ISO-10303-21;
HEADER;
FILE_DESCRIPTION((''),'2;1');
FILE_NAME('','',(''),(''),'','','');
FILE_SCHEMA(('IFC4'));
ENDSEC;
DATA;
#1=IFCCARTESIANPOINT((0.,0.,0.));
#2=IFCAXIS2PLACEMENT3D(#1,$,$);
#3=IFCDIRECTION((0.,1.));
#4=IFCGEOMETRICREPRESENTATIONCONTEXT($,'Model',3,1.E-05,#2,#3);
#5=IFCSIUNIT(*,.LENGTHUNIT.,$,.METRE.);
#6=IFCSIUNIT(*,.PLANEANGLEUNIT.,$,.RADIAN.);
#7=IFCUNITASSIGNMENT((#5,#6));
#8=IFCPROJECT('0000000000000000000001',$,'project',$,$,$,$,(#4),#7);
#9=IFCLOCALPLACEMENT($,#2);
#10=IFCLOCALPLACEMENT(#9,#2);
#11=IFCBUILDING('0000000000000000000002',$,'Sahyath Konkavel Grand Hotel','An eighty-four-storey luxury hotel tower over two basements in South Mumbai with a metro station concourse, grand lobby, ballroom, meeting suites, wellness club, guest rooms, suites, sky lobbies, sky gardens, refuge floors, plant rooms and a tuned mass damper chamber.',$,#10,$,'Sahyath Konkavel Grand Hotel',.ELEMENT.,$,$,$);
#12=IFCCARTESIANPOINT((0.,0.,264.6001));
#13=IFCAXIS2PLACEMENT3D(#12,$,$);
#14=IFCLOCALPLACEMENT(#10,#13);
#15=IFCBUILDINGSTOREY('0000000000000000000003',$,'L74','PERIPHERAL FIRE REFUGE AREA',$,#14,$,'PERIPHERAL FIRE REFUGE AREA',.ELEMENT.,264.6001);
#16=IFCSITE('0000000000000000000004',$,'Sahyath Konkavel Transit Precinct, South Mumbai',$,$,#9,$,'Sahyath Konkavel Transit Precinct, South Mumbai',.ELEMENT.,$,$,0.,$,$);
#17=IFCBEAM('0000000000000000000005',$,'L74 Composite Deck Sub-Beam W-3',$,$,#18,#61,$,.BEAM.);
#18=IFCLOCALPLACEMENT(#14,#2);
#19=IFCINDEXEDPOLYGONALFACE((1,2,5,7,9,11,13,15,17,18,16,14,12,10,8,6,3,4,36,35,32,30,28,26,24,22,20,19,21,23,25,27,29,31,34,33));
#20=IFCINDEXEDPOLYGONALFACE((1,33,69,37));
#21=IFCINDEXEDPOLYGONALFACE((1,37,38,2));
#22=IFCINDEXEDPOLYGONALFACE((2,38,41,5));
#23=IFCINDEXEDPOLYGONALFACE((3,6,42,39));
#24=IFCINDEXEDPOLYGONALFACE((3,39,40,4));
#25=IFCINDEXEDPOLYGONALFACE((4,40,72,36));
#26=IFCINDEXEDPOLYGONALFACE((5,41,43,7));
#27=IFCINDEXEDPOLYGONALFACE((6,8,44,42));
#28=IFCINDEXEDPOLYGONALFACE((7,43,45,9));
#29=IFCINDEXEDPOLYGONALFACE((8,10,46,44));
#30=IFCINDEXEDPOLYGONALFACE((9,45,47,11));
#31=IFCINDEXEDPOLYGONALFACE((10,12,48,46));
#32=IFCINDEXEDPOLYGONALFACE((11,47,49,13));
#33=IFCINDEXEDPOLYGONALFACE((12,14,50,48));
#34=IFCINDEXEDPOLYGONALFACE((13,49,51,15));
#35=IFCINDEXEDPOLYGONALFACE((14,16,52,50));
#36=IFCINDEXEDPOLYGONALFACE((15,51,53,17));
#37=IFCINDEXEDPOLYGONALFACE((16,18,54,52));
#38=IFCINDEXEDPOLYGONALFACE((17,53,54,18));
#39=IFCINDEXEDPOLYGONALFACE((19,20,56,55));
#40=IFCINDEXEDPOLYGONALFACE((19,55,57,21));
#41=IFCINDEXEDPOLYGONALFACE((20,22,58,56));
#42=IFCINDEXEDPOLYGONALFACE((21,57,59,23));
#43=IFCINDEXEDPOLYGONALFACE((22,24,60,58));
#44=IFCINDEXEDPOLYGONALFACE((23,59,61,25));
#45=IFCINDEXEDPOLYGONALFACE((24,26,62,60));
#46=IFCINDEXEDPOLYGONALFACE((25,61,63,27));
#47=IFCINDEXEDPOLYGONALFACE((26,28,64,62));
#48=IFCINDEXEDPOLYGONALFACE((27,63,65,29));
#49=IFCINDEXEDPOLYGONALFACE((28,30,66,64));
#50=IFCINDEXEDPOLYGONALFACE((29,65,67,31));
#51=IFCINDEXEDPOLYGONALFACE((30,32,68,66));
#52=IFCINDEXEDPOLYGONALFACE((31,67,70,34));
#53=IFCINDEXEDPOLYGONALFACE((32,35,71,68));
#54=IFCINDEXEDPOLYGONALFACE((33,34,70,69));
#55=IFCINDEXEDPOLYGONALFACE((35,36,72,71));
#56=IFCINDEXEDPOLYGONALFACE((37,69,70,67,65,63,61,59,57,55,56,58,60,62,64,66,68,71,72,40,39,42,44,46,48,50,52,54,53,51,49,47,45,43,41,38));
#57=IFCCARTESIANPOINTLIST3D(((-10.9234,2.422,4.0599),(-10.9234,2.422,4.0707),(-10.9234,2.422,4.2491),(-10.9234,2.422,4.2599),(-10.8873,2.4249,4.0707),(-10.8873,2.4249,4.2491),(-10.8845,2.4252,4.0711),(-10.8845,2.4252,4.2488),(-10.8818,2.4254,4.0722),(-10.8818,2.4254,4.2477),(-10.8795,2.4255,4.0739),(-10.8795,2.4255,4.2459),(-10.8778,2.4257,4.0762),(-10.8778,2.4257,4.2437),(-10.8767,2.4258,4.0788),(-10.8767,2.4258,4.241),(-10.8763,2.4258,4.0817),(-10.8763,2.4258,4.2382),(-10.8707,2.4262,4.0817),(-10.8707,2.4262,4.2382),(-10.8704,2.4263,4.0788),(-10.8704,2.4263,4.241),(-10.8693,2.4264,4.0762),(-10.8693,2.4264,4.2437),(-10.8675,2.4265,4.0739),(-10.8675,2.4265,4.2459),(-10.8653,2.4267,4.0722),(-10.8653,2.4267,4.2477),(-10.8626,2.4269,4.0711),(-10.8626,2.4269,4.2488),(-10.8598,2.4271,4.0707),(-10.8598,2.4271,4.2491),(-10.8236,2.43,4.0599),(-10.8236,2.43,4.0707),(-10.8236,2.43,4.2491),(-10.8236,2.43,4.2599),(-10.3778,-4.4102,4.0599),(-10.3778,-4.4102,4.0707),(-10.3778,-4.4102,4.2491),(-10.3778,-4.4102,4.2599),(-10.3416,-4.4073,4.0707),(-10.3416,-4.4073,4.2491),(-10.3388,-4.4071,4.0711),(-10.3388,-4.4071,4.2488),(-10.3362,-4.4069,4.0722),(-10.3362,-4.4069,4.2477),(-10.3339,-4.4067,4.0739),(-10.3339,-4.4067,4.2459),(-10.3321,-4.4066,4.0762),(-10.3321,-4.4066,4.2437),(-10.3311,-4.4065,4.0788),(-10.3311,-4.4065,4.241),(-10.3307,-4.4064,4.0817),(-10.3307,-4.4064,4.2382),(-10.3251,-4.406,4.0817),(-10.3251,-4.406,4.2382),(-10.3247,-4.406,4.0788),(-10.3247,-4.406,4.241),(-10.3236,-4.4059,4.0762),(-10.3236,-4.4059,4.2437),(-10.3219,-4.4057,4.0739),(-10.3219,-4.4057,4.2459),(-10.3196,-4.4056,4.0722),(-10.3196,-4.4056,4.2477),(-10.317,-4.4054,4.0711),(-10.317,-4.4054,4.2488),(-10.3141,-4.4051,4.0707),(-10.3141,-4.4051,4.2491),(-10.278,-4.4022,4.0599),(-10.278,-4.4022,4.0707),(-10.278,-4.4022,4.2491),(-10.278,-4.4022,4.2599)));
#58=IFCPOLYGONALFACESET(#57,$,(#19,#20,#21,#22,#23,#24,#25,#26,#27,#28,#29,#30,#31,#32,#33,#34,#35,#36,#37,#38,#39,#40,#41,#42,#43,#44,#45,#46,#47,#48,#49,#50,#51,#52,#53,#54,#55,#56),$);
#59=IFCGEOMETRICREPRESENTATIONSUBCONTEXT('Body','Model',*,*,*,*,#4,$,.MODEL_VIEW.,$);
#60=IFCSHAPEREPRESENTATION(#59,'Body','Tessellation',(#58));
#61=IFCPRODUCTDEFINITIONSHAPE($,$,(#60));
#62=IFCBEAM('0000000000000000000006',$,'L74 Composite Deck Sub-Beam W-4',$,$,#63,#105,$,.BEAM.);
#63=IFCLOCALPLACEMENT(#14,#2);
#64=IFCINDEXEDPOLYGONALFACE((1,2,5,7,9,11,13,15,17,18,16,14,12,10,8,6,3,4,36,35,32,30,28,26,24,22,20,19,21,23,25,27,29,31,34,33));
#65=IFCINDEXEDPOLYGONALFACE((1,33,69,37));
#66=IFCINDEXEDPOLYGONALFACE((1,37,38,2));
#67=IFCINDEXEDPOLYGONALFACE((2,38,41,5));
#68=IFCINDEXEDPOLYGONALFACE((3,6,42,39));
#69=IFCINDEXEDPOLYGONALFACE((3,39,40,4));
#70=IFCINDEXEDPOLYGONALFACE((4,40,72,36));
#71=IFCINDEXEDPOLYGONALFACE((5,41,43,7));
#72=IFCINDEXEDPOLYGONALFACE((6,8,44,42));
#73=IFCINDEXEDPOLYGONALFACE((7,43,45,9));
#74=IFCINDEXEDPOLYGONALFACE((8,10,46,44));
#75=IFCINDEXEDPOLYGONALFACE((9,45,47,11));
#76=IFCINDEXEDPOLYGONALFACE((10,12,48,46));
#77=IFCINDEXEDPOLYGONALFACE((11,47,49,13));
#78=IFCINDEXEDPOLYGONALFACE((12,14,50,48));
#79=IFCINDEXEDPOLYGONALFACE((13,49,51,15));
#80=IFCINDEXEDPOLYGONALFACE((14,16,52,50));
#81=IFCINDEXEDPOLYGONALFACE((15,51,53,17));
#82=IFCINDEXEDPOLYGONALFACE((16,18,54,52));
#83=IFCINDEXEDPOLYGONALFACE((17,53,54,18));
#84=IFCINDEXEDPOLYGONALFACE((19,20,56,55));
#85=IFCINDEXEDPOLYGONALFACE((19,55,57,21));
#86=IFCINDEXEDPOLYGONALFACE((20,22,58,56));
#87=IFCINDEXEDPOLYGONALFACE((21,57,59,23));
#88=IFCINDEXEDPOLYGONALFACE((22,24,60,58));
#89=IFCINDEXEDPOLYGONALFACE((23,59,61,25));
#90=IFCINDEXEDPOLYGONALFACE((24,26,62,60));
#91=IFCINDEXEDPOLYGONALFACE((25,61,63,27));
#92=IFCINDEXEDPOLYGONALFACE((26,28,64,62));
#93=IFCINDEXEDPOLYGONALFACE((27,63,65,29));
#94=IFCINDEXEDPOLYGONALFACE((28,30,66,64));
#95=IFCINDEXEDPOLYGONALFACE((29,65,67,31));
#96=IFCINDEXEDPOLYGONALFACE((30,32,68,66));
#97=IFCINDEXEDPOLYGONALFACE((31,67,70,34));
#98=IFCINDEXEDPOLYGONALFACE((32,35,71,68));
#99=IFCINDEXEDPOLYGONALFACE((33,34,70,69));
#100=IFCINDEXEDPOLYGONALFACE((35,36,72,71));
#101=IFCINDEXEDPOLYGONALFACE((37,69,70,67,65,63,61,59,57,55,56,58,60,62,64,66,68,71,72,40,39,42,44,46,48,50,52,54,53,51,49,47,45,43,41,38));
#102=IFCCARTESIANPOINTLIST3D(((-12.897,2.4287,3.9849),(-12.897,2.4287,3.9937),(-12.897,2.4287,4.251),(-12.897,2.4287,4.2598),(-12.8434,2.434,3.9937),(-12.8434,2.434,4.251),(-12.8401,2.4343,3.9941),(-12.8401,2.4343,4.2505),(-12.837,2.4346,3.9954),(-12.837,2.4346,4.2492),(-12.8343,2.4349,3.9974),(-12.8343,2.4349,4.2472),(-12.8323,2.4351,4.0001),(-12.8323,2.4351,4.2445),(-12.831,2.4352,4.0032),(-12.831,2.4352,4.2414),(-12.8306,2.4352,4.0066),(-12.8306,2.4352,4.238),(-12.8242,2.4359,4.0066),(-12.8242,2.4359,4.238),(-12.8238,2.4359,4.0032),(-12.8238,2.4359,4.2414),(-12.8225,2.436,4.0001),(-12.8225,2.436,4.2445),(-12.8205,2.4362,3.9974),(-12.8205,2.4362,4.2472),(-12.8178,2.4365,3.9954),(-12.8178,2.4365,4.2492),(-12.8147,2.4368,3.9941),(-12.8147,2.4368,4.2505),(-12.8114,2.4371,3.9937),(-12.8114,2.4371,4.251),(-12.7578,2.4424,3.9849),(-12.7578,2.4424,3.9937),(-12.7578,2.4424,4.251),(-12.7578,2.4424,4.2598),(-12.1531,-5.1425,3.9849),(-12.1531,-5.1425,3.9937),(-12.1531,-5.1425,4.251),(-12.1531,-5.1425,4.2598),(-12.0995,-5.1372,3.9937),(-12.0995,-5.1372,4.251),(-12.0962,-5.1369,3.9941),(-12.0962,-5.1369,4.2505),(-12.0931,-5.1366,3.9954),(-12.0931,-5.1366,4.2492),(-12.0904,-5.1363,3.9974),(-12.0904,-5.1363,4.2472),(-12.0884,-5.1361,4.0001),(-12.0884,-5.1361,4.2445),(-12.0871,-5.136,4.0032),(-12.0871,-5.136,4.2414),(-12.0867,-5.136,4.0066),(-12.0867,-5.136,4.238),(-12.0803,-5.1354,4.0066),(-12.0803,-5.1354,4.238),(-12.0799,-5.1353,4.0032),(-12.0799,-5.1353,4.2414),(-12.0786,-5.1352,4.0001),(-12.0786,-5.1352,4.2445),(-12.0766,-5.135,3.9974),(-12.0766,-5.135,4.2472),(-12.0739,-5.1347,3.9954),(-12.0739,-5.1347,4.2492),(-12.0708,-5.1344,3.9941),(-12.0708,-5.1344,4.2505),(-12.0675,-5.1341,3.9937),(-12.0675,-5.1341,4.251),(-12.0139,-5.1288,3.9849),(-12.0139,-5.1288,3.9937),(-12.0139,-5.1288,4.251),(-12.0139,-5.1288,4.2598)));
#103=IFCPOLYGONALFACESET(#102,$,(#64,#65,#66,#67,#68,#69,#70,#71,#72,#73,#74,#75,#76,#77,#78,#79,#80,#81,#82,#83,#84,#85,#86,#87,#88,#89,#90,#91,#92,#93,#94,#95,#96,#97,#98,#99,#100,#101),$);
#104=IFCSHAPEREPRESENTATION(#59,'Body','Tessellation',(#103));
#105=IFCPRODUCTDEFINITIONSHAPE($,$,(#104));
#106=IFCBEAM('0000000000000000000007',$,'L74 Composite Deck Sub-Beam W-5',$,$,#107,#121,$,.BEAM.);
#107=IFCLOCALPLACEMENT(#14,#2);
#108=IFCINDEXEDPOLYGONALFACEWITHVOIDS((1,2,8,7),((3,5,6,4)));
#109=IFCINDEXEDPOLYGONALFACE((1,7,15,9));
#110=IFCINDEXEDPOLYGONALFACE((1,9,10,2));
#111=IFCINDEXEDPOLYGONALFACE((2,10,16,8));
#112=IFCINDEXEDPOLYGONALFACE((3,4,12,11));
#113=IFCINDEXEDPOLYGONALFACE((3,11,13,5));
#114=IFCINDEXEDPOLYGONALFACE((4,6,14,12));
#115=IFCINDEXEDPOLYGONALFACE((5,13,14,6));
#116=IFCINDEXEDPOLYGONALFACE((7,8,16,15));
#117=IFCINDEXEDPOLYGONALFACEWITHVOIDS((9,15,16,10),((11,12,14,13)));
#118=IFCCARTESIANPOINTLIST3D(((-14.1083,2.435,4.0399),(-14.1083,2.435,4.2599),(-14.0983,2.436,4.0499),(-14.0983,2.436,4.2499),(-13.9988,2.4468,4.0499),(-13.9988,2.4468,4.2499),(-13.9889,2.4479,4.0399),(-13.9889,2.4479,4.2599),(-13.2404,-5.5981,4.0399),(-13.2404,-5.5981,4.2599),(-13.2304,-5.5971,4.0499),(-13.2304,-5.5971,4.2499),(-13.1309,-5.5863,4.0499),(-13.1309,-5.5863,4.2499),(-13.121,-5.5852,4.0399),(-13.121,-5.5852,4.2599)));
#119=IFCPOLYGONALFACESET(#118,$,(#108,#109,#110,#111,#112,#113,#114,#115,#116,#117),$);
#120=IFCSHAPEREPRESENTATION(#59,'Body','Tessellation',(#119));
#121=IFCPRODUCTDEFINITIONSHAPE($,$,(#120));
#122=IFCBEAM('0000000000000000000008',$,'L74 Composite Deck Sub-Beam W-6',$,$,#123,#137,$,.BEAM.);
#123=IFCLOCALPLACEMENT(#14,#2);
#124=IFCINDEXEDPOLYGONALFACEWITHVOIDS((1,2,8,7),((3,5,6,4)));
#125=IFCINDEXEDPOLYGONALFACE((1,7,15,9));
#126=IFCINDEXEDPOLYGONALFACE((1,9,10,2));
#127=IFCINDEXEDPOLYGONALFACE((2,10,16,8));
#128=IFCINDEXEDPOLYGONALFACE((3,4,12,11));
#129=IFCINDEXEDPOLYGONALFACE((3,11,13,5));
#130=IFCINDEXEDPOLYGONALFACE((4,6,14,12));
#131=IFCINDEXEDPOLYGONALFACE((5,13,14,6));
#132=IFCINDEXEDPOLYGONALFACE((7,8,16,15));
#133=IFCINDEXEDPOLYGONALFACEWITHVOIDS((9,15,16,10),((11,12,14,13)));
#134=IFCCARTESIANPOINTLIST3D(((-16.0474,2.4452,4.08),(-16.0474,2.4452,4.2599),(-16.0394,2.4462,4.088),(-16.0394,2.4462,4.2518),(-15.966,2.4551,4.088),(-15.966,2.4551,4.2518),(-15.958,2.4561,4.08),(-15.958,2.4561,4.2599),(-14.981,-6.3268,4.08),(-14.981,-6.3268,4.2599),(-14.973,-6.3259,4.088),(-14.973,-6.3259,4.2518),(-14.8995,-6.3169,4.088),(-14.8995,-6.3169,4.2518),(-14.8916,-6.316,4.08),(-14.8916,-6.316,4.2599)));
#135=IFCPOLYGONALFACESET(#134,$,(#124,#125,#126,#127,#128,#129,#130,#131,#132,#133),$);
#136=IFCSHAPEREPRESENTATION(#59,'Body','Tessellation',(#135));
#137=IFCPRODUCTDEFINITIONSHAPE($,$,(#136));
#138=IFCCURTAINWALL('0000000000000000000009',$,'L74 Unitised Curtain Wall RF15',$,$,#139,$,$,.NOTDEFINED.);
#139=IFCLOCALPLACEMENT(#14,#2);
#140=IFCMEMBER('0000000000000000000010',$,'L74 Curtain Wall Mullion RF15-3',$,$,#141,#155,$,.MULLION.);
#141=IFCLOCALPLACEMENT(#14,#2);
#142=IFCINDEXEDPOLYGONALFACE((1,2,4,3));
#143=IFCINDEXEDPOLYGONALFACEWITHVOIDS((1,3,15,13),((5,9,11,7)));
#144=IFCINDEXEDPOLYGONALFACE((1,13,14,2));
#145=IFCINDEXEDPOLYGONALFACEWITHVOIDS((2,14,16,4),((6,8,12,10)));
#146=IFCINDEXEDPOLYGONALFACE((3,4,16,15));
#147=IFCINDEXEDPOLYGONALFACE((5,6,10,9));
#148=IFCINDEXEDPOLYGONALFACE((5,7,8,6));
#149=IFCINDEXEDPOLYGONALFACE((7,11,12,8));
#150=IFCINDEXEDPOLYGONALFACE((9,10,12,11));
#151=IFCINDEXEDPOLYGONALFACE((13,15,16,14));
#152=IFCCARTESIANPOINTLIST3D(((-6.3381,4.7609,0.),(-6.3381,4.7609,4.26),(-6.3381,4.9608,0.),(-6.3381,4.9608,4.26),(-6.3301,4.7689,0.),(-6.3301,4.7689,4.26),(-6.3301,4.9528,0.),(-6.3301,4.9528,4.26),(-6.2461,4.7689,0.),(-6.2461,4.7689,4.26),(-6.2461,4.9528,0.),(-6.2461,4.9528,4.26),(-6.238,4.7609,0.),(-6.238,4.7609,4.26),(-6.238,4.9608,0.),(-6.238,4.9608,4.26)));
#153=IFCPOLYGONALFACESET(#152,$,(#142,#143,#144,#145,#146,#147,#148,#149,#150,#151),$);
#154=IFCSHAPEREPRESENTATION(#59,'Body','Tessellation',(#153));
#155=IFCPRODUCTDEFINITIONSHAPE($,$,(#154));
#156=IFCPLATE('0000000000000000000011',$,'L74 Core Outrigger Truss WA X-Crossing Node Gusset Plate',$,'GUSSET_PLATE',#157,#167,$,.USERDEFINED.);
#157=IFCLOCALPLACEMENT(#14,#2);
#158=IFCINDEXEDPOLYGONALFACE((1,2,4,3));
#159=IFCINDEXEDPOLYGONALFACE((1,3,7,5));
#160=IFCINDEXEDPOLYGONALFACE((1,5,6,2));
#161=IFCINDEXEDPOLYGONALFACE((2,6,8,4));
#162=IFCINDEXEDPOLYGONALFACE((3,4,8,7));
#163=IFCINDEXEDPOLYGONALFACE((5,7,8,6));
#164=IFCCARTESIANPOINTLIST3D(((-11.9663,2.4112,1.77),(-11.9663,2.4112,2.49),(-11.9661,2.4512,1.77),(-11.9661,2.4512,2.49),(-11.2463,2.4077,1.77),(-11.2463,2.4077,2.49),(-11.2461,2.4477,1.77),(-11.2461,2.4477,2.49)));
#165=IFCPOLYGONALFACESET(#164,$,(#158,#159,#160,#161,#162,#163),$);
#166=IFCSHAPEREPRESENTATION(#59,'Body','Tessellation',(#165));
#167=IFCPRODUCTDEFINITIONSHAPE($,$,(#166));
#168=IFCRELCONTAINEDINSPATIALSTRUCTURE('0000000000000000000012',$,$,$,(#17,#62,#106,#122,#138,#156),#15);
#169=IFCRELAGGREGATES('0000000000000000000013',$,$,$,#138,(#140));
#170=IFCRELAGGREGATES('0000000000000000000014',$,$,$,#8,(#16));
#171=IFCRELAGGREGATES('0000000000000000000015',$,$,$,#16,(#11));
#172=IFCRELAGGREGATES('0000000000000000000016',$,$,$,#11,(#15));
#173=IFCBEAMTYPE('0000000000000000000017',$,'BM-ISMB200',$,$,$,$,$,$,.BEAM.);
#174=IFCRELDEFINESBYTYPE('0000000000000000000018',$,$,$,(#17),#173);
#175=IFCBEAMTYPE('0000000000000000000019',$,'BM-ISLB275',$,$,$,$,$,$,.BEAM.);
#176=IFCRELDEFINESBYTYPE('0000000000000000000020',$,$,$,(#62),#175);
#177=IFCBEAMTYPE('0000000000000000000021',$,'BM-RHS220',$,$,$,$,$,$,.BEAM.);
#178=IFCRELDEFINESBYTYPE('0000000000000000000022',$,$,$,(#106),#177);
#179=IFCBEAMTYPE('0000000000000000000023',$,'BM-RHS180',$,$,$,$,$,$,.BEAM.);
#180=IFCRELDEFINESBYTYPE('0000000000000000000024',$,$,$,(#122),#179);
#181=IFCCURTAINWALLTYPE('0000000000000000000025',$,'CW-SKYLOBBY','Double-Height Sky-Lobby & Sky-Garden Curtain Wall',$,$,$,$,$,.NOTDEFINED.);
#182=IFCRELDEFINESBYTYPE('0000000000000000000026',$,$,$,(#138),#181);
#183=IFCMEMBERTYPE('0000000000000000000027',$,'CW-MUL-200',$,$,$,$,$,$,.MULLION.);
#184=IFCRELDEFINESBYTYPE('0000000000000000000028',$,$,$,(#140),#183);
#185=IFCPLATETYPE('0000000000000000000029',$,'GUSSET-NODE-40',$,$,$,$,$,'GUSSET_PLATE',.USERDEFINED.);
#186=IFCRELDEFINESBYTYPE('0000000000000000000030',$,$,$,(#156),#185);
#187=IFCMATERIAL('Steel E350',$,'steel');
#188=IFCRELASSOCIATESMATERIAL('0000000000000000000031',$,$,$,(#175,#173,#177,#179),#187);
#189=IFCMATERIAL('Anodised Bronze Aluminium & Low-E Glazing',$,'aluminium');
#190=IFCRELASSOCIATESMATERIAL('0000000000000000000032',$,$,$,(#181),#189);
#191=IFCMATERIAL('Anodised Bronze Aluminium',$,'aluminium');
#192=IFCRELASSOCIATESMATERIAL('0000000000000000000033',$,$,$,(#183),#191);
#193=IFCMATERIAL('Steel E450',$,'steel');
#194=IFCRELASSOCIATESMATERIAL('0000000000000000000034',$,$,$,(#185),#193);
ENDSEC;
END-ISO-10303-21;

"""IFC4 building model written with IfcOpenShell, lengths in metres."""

from ifc_helpers import new_model, si_unit, direction, frame, origin, origin_2d, place, context, subcontext, project, spatial, rectangle, hollow_rectangle, i_section, extrude, source, transform, mapped, material, material_profile, profile_set, type_object, element, aggregate, save


model = new_model("IFC4")

# Units and contexts
model_context = context("Model", 3, precision=1e-05, world=origin(), true_north=direction((0.0, 1.0)))
body_context = subcontext(model_context, "Body", "Model", "MODEL_VIEW")
ifc_project = project(units=[si_unit("LENGTHUNIT", "METRE"), si_unit("PLANEANGLEUNIT", "RADIAN")], contexts=[model_context])

# Site, building, storey
site_placement = place(None, origin())
site = spatial("IfcSite", under=ifc_project, at=site_placement, Name="Sahyath Konkavel Transit Precinct, South Mumbai", LongName="Sahyath Konkavel Transit Precinct, South Mumbai", CompositionType="ELEMENT", RefElevation=0.0)
building_placement = place(site_placement, origin())
building = spatial("IfcBuilding", under=site, at=building_placement, Name="Sahyath Konkavel Grand Hotel", Description="An eighty-four-storey luxury hotel tower over two basements in South Mumbai with a metro station concourse, grand lobby, ballroom, meeting suites, wellness club, guest rooms, suites, sky lobbies, sky gardens, refuge floors, plant rooms and a tuned mass damper chamber.", LongName="Sahyath Konkavel Grand Hotel", CompositionType="ELEMENT")
storey_placement = place(building_placement, frame((0.0, 0.0, 264.6001)))
storey = spatial("IfcBuildingStorey", under=building, at=storey_placement, Name="L74", Description="PERIPHERAL FIRE REFUGE AREA", LongName="PERIPHERAL FIRE REFUGE AREA", CompositionType="ELEMENT", Elevation=264.6001)

# Shared definitions
ifc_material_1 = material(Name="Steel E350", Category="steel")
ifc_material_profile_1 = material_profile(ifc_material_1, i_section(OverallWidth=0.1399, OverallDepth=0.2749, WebThickness=0.0063, FlangeThickness=0.0088, FilletRadius=0.0129, at=origin_2d()), Name="ISLB 275")
ifc_profile_set_1 = profile_set([ifc_material_profile_1], Name="Steel E350")
beam_type_1 = type_object("IfcBeamType", Name="BM-ISLB275", PredefinedType="BEAM", material=ifc_profile_set_1)

# Shared definitions
ifc_material_2 = material(Name="Steel E450", Category="steel")

# Beams
ifc_material_profile_2 = material_profile(ifc_material_1, i_section(OverallWidth=0.1001, OverallDepth=0.2, WebThickness=0.0056, FlangeThickness=0.0107, FilletRadius=0.011, at=origin_2d()), Name="ISMB 200")
ifc_profile_set_2 = profile_set([ifc_material_profile_2], Name="Steel E350")
beam_type_2 = type_object("IfcBeamType", Name="BM-ISMB200", PredefinedType="BEAM", material=ifc_profile_set_2)
shared_shape_1 = source(origin(), body_context, "Body", "SweptSolid", [
    extrude(i_section(OverallWidth=0.1001, OverallDepth=0.2, WebThickness=0.0056, FlangeThickness=0.0107, FilletRadius=0.011, at=origin_2d()), origin(), (0.0, 0.0, 1.0), 6.854),
])
beam_1_placement = place(storey_placement, frame((-10.8735, 2.426, 4.1599), z_axis=(0.079611, -0.996826, 0.0), x_axis=(0.996826, 0.079611, 0.0)))
element("IfcBeam", 1, at=beam_1_placement, inside=storey, type_object=beam_type_2, Name="L74 Composite Deck Sub-Beam W-3", PredefinedType="BEAM", context=body_context, shape_type="MappedRepresentation", body=[
    mapped(shared_shape_1, transform((0.0, 0.0, 0.0), scale=1.0)),
])
shared_shape_2 = source(origin(), body_context, "Body", "SweptSolid", [
    extrude(i_section(OverallWidth=0.1399, OverallDepth=0.2749, WebThickness=0.0063, FlangeThickness=0.0088, FilletRadius=0.0129, at=origin_2d()), origin(), (0.0, 0.0, 1.0), 7.6077),
])
beam_2_placement = place(storey_placement, frame((-12.8274, 2.4355, 4.1223), z_axis=(0.097781, -0.995208, 0.0), x_axis=(0.995208, 0.097781, 0.0)))
element("IfcBeam", 2, at=beam_2_placement, inside=storey, type_object=beam_type_1, Name="L74 Composite Deck Sub-Beam W-4", PredefinedType="BEAM", context=body_context, shape_type="MappedRepresentation", body=[
    mapped(shared_shape_2, transform((0.0, 0.0, 0.0), scale=1.0)),
])
ifc_material_profile_3 = material_profile(ifc_material_1, hollow_rectangle(XDim=0.1201, YDim=0.22, WallThickness=0.01, at=origin_2d()), Name="RHS 220x120x10")
ifc_profile_set_3 = profile_set([ifc_material_profile_3], Name="Steel E350")
beam_type_3 = type_object("IfcBeamType", Name="BM-RHS220", PredefinedType="BEAM", material=ifc_profile_set_3)
shared_shape_3 = source(origin(), body_context, "Body", "SweptSolid", [
    extrude(hollow_rectangle(XDim=0.1201, YDim=0.22, WallThickness=0.01, at=origin_2d()), origin(), (0.0, 0.0, 1.0), 8.0798),
])
beam_3_placement = place(storey_placement, frame((-14.0486, 2.4414, 4.1499), z_axis=(0.107416, -0.994214, 0.0), x_axis=(0.994214, 0.107416, 0.0)))
element("IfcBeam", 3, at=beam_3_placement, inside=storey, type_object=beam_type_3, Name="L74 Composite Deck Sub-Beam W-5", PredefinedType="BEAM", context=body_context, shape_type="MappedRepresentation", body=[
    mapped(shared_shape_3, transform((0.0, 0.0, 0.0), scale=1.0)),
])
ifc_material_profile_4 = material_profile(ifc_material_1, hollow_rectangle(XDim=0.0901, YDim=0.1799, WallThickness=0.0081, at=origin_2d()), Name="RHS 180x90x8")
ifc_profile_set_4 = profile_set([ifc_material_profile_4], Name="Steel E350")
beam_type_4 = type_object("IfcBeamType", Name="BM-RHS180", PredefinedType="BEAM", material=ifc_profile_set_4)
shared_shape_4 = source(origin(), body_context, "Body", "SweptSolid", [
    extrude(hollow_rectangle(XDim=0.0901, YDim=0.1799, WallThickness=0.0081, at=origin_2d()), origin(), (0.0, 0.0, 1.0), 8.8367),
])
beam_4_placement = place(storey_placement, frame((-16.0027, 2.4507, 4.1699), z_axis=(0.120681, -0.992691, 0.0), x_axis=(0.992691, 0.120681, 0.0)))
element("IfcBeam", 4, at=beam_4_placement, inside=storey, type_object=beam_type_4, Name="L74 Composite Deck Sub-Beam W-6", PredefinedType="BEAM", context=body_context, shape_type="MappedRepresentation", body=[
    mapped(shared_shape_4, transform((0.0, 0.0, 0.0), scale=1.0)),
])

# Curtain wall, member
ifc_material_3 = material(Name="Anodised Bronze Aluminium & Low-E Glazing", Category="aluminium")
curtain_wall_type = type_object("IfcCurtainWallType", Name="CW-SKYLOBBY", Description="Double-Height Sky-Lobby & Sky-Garden Curtain Wall", PredefinedType="NOTDEFINED", material=ifc_material_3)
curtain_wall_placement = place(storey_placement, origin())
curtain_wall = element("IfcCurtainWall", 5, at=curtain_wall_placement, inside=storey, type_object=curtain_wall_type, Name="L74 Unitised Curtain Wall RF15", PredefinedType="NOTDEFINED")
ifc_material_4 = material(Name="Anodised Bronze Aluminium", Category="aluminium")
ifc_material_profile_5 = material_profile(ifc_material_4, hollow_rectangle(XDim=0.1001, YDim=0.2, WallThickness=0.0081, at=origin_2d()), Name="RHS 200x100x8")
ifc_profile_set_5 = profile_set([ifc_material_profile_5], Name="Anodised Bronze Aluminium")
member_type_1 = type_object("IfcMemberType", Name="CW-MUL-200", PredefinedType="MULLION", material=ifc_profile_set_5)
shared_shape_5 = source(origin(), body_context, "Body", "SweptSolid", [
    extrude(hollow_rectangle(XDim=0.1001, YDim=0.2, WallThickness=0.0081, at=origin_2d()), origin(), (0.0, 0.0, 1.0), 4.26),
])
member_1_placement = place(storey_placement, frame((-6.2881, 4.8608, 0.0), z_axis=(0.0, 0.0, 1.0), x_axis=(1.0, 0.0, 0.0)))
member_1 = element("IfcMember", 6, at=member_1_placement, type_object=member_type_1, Name="L74 Curtain Wall Mullion RF15-3", PredefinedType="MULLION", context=body_context, shape_type="MappedRepresentation", body=[
    mapped(shared_shape_5, transform((0.0, 0.0, 0.0), scale=1.0)),
])

# Plate
plate_type_1 = type_object("IfcPlateType", Name="GUSSET-NODE-40", ElementType="GUSSET_PLATE", PredefinedType="USERDEFINED", material=ifc_material_2)
shared_shape_6 = source(origin(), body_context, "Body", "SweptSolid", [
    extrude(rectangle(XDim=0.72, YDim=0.04, at=origin_2d()), origin(), (0.0, 0.0, 1.0), 0.72),
])
plate_1_placement = place(storey_placement, frame((-11.6062, 2.4294, 1.77), z_axis=(0.0, 0.0, 1.0), x_axis=(-0.999988, 0.004835, 0.0)))
element("IfcPlate", 7, at=plate_1_placement, inside=storey, type_object=plate_type_1, Name="L74 Core Outrigger Truss WA X-Crossing Node Gusset Plate", ObjectType="GUSSET_PLATE", PredefinedType="USERDEFINED", context=body_context, shape_type="MappedRepresentation", body=[
    mapped(shared_shape_6, transform((0.0, 0.0, 0.0), scale=1.0)),
])

aggregate(curtain_wall, [member_1])

save(model, "model.ifc")
